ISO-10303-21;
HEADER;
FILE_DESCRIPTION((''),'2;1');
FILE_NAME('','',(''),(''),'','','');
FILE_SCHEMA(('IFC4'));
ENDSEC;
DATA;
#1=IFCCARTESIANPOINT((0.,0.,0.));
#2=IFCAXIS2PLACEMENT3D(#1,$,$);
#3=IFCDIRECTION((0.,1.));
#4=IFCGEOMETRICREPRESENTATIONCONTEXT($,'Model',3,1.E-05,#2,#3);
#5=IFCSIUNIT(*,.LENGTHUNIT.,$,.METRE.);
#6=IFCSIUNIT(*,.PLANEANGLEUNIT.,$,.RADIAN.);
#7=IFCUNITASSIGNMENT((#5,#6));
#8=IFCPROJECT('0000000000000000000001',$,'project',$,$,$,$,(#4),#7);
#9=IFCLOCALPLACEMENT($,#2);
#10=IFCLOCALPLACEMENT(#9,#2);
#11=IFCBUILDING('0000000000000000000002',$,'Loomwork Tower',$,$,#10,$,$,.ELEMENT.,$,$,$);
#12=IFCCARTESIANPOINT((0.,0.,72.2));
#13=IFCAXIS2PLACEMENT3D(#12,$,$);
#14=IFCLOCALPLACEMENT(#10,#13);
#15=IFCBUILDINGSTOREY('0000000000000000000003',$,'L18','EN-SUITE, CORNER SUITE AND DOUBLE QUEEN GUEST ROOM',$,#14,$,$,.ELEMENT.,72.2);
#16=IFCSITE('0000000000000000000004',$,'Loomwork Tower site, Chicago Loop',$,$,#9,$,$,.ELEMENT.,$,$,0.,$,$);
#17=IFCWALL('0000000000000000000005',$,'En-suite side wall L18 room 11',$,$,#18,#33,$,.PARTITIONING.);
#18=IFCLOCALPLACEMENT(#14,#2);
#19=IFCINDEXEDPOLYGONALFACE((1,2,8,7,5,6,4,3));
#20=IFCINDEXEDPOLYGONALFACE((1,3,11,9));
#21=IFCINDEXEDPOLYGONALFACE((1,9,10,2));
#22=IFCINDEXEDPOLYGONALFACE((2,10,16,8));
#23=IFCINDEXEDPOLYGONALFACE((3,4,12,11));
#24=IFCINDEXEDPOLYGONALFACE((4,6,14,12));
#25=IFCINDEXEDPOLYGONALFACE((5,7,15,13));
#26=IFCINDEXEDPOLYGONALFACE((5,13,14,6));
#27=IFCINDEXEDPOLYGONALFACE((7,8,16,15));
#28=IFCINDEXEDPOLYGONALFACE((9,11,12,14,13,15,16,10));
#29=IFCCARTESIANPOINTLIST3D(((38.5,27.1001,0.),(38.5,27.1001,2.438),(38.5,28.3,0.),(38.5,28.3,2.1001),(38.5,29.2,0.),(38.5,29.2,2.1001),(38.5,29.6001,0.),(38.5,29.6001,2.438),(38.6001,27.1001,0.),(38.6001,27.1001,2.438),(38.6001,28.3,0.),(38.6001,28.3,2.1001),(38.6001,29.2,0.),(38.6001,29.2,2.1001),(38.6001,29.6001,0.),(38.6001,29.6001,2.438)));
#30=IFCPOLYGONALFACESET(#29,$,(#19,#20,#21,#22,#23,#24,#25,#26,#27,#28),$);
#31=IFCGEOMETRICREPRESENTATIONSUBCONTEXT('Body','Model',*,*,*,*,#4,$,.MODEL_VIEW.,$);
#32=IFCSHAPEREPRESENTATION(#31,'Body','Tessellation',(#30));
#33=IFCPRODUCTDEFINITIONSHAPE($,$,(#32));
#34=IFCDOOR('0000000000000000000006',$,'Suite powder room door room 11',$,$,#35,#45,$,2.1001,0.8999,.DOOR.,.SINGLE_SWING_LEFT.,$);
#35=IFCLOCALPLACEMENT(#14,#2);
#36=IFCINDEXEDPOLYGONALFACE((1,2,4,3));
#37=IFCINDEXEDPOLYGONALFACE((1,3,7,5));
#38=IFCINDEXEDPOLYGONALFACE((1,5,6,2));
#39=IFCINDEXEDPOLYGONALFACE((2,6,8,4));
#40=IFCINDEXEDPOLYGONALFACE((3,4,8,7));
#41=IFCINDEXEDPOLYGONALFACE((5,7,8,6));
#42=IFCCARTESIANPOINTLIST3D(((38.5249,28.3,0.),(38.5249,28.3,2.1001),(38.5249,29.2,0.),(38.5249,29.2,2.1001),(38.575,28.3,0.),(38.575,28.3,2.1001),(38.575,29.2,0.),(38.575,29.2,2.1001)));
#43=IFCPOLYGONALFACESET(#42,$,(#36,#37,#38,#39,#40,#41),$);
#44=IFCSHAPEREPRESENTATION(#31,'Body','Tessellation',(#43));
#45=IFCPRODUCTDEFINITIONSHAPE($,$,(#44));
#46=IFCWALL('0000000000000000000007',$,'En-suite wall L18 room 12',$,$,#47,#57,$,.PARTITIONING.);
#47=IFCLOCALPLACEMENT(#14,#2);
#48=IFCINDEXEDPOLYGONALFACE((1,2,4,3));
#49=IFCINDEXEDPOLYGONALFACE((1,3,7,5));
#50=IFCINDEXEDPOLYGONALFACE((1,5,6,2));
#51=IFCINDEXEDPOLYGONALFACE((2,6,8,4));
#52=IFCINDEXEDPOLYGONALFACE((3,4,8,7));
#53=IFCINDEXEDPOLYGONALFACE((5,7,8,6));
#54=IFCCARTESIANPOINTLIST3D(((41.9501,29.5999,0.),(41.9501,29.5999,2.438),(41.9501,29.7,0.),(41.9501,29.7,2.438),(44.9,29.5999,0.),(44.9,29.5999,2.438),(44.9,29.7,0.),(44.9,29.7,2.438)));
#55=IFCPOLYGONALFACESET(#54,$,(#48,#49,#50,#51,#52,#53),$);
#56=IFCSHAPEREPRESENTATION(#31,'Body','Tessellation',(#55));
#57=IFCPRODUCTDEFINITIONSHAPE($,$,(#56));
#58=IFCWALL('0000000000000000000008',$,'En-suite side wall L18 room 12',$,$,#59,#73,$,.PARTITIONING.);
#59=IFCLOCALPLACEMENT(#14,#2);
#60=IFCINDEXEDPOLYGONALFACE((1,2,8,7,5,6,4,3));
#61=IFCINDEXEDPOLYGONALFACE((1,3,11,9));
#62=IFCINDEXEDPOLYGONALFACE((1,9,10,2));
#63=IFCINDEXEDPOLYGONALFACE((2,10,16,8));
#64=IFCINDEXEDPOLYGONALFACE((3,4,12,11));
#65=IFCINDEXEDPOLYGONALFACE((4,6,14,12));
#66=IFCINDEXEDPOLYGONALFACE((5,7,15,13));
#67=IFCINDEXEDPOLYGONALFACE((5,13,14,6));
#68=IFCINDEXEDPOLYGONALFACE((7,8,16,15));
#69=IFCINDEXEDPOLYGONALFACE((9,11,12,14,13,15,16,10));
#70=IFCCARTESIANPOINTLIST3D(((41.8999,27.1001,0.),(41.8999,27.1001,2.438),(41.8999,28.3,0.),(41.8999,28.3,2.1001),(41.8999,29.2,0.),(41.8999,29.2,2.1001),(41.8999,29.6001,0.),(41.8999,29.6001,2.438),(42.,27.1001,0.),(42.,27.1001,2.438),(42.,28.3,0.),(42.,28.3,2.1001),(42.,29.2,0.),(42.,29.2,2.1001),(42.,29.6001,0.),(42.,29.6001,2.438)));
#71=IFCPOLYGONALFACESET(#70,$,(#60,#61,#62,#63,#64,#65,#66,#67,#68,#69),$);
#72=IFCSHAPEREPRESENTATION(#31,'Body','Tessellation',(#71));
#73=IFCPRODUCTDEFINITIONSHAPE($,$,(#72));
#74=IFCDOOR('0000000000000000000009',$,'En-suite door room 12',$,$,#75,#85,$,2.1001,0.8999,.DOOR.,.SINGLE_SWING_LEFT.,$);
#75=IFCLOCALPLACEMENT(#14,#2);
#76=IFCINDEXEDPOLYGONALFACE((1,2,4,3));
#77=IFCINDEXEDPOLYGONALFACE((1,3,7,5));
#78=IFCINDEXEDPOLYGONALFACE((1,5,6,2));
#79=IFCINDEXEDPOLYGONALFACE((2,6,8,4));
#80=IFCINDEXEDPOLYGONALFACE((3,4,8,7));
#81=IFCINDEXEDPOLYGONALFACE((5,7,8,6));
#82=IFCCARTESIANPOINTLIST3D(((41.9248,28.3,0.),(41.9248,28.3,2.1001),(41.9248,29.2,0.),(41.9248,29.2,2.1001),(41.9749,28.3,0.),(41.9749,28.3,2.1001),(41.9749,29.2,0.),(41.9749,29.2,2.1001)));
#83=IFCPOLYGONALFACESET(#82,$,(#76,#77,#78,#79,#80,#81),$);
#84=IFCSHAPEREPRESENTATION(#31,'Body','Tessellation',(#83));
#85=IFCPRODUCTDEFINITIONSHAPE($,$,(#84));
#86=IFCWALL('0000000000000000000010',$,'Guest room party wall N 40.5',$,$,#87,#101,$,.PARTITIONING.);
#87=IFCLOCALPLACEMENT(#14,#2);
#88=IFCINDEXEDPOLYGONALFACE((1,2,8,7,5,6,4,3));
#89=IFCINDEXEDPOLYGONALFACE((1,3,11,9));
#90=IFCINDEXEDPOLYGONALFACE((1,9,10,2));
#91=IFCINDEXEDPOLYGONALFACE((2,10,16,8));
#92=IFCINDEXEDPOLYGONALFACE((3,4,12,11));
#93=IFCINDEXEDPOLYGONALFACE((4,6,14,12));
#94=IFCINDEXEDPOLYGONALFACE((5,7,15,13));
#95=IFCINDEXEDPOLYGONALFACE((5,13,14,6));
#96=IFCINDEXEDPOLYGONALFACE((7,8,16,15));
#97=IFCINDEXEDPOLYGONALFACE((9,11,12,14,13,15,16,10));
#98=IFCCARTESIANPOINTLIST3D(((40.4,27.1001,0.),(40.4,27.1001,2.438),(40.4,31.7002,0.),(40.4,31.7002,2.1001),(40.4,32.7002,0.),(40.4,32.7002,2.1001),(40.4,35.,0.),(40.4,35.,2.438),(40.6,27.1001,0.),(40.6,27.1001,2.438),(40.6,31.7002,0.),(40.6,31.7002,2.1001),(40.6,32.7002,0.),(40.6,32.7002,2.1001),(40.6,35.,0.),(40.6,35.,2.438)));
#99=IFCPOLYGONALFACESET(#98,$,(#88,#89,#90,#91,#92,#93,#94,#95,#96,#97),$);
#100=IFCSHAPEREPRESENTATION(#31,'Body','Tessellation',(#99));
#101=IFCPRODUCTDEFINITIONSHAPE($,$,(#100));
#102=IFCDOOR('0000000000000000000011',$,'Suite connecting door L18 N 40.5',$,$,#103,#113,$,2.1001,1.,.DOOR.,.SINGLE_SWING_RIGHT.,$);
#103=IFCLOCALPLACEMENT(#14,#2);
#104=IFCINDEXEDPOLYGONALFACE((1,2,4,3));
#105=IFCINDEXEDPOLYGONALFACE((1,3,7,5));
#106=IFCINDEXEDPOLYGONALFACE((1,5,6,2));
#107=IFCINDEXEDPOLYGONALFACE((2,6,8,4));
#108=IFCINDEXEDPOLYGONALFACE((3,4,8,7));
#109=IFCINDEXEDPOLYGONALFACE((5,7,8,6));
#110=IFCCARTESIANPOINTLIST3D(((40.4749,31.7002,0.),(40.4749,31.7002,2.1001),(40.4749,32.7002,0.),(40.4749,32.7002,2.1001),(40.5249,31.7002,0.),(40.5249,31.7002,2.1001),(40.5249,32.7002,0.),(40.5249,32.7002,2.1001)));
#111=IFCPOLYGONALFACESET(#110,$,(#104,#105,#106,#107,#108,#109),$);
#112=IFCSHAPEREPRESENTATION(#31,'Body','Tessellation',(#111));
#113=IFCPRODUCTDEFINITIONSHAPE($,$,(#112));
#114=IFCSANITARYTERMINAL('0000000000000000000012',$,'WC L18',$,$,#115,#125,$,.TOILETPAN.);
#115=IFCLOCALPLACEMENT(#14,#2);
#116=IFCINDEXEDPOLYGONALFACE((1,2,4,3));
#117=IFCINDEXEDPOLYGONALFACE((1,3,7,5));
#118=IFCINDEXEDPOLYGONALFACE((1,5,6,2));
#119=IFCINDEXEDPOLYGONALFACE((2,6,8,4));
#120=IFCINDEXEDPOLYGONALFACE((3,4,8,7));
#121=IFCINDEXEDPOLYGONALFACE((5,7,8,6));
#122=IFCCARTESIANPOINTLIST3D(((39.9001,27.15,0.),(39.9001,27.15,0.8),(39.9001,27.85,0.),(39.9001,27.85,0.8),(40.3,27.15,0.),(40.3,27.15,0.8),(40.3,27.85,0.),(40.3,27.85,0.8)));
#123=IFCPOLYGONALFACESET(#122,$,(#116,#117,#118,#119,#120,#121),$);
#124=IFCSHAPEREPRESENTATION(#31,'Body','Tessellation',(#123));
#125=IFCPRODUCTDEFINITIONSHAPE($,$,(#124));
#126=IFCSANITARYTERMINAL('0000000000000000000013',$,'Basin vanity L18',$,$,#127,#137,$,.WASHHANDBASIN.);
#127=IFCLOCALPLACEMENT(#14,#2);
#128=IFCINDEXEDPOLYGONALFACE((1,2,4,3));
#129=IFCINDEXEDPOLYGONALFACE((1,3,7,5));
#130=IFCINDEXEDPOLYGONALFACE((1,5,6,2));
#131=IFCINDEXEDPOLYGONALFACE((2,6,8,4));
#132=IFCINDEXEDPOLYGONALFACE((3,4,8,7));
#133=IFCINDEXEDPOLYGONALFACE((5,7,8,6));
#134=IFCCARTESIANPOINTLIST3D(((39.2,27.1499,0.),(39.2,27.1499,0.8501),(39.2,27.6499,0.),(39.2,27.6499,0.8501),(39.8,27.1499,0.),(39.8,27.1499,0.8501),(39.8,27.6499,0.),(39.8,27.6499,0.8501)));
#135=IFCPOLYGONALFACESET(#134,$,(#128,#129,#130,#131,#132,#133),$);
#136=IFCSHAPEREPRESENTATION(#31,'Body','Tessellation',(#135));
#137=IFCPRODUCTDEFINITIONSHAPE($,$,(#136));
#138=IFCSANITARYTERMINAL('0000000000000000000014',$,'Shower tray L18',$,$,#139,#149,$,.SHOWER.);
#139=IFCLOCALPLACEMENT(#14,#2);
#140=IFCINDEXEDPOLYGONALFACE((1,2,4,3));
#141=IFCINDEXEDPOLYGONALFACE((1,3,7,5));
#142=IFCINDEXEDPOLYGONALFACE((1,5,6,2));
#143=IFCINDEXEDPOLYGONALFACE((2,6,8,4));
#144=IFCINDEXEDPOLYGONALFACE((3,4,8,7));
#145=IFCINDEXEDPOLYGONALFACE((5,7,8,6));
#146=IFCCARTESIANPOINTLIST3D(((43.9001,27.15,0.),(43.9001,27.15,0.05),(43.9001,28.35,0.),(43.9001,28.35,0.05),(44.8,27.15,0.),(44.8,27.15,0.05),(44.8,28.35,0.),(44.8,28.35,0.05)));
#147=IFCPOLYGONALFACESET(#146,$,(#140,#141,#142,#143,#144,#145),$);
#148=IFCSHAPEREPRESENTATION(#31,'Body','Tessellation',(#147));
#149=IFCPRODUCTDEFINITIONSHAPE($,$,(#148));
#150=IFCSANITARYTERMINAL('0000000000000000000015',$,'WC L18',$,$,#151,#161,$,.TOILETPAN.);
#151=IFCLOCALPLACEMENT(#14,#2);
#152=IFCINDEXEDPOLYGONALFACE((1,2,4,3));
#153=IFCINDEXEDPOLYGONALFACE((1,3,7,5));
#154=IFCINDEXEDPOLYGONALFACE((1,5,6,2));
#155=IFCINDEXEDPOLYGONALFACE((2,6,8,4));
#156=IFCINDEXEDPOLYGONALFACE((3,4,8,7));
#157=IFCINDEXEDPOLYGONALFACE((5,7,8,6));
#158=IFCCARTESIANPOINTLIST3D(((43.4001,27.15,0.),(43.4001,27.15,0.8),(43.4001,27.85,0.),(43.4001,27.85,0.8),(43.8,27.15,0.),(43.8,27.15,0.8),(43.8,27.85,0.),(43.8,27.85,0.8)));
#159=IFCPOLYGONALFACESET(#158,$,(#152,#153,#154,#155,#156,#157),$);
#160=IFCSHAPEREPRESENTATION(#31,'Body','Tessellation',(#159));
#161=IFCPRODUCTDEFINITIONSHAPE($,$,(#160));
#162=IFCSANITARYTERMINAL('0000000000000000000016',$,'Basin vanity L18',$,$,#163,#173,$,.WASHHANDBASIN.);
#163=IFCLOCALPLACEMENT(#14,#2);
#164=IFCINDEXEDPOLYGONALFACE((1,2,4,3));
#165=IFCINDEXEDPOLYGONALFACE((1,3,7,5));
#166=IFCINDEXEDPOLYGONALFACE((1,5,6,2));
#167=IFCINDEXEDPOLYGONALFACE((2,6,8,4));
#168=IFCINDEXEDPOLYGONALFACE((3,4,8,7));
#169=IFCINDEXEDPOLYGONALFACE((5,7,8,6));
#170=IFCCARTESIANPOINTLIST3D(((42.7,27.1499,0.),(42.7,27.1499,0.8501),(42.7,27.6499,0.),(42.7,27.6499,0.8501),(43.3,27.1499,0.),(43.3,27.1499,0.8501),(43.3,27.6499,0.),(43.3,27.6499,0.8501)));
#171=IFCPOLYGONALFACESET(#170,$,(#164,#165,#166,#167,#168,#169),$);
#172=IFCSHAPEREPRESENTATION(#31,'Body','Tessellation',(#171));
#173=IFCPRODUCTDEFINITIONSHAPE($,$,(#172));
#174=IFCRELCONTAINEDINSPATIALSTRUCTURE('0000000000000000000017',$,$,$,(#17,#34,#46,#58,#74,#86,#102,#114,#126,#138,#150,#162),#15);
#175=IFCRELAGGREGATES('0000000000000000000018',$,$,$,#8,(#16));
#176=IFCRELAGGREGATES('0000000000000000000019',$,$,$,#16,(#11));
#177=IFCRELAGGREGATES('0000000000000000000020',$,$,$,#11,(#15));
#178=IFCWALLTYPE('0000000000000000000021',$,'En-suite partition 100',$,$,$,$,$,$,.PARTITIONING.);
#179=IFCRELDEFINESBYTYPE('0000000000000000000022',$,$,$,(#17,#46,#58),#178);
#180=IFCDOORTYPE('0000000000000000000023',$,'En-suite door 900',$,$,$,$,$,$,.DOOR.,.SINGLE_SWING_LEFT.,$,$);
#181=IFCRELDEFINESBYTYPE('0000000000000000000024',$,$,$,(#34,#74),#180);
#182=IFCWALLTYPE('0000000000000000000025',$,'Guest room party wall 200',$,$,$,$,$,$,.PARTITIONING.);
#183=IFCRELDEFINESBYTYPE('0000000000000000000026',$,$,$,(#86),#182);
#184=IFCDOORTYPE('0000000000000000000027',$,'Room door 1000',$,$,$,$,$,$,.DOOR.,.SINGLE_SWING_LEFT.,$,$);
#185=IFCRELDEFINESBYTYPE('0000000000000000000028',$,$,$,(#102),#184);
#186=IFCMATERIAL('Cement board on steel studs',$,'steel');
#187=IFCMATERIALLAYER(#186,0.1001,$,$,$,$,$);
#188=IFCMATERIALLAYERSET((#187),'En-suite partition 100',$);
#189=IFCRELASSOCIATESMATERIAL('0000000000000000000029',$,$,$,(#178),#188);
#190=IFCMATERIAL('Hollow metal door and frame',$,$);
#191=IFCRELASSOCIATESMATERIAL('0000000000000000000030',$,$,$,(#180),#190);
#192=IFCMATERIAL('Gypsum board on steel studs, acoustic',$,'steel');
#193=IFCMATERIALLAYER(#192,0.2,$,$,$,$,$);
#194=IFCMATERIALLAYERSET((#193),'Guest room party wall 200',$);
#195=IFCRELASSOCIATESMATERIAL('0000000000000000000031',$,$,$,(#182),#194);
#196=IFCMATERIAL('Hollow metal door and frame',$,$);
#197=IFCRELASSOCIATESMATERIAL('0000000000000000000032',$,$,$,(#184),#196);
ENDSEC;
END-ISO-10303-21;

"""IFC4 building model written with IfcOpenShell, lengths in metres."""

from ifc_helpers import new_model, si_unit, direction, frame, frame_2d, origin, origin_2d, place, context, subcontext, project, spatial, rectangle, extrude, material, layer, layer_set, type_object, element, fill, save


model = new_model("IFC4")

# Units and contexts
model_context = context("Model", 3, precision=1e-05, world=origin(), true_north=direction((0.0, 1.0)))
body_context = subcontext(model_context, "Body", "Model", "MODEL_VIEW")
ifc_project = project(units=[si_unit("LENGTHUNIT", "METRE"), si_unit("PLANEANGLEUNIT", "RADIAN")], contexts=[model_context])

# Site, building, storey
site_placement = place(None, origin())
site = spatial("IfcSite", under=ifc_project, at=site_placement, Name="Loomwork Tower site, Chicago Loop", CompositionType="ELEMENT", RefElevation=0.0)
building_placement = place(site_placement, origin())
building = spatial("IfcBuilding", under=site, at=building_placement, Name="Loomwork Tower", CompositionType="ELEMENT")
storey_placement = place(building_placement, frame((0.0, 0.0, 72.2)))
storey = spatial("IfcBuildingStorey", under=building, at=storey_placement, Name="L18", Description="EN-SUITE, CORNER SUITE AND DOUBLE QUEEN GUEST ROOM", CompositionType="ELEMENT", Elevation=72.2)

# Shared definitions
ifc_material_1 = material(Name="Cement board on steel studs", Category="steel")
ifc_layer_1 = layer(ifc_material_1, 0.1001)
ifc_layer_set_1 = layer_set([ifc_layer_1], Name="En-suite partition 100")
wall_type_1 = type_object("IfcWallType", Name="En-suite partition 100", PredefinedType="PARTITIONING", material=ifc_layer_set_1)

# Wall, opening, door
wall_1_placement = place(storey_placement, frame((38.55, 27.1001, 0.0), z_axis=(0.0, 0.0, 1.0), x_axis=(0.0, 1.0, 0.0)))
wall_1 = element("IfcWall", 1, at=wall_1_placement, inside=storey, type_object=wall_type_1, Name="En-suite side wall L18 room 11", PredefinedType="PARTITIONING", context=body_context, shape_type="SweptSolid", body=[
    extrude(rectangle(XDim=2.5, YDim=0.1001, at=frame_2d((1.25, 0.0))), origin(), (0.0, 0.0, 1.0), 2.438),
])
opening_1_placement = place(wall_1_placement, frame((1.2, 0.0, 0.0)))
opening_1 = element("IfcOpeningElement", 2, at=opening_1_placement, cuts=wall_1, PredefinedType="OPENING", context=body_context, shape_type="SweptSolid", body=[
    extrude(rectangle(XDim=0.8999, YDim=2.1001, at=frame_2d((0.45, 1.05))), frame((0.0, 0.0601, 0.0), z_axis=(0.0, -1.0, 0.0), x_axis=(1.0, 0.0, 0.0)), (0.0, 0.0, 1.0), 0.1201),
])
ifc_material_2 = material(Name="Hollow metal door and frame")
door_type_1 = type_object("IfcDoorType", Name="En-suite door 900", OperationType="SINGLE_SWING_LEFT", PredefinedType="DOOR", material=ifc_material_2)
door_1_placement = place(opening_1_placement, frame((0.8999, 0.0, 0.0), z_axis=(0.0, 0.0, 1.0), x_axis=(-1.0, 0.0, 0.0)))
door_1 = element("IfcDoor", 3, at=door_1_placement, inside=storey, type_object=door_type_1, Name="Suite powder room door room 11", OperationType="SINGLE_SWING_LEFT", OverallHeight=2.1001, OverallWidth=0.8999, PredefinedType="DOOR", context=body_context, shape_type="SweptSolid", body=[
    extrude(rectangle(XDim=0.8999, YDim=2.1001, at=frame_2d((0.45, 1.05))), frame((0.0, 0.0249, 0.0), z_axis=(0.0, -1.0, 0.0), x_axis=(1.0, 0.0, 0.0)), (0.0, 0.0, 1.0), 0.05),
])
fill(opening_1, door_1)

# Wall
wall_2_placement = place(storey_placement, frame((41.95, 29.6499, 0.0), z_axis=(0.0, 0.0, 1.0), x_axis=(1.0, 0.0, 0.0)))
element("IfcWall", 4, at=wall_2_placement, inside=storey, type_object=wall_type_1, Name="En-suite wall L18 room 12", PredefinedType="PARTITIONING", context=body_context, shape_type="SweptSolid", body=[
    extrude(rectangle(XDim=2.95, YDim=0.1001, at=frame_2d((1.4751, 0.0))), origin(), (0.0, 0.0, 1.0), 2.438),
])

# Walls, openings, doors
wall_3_placement = place(storey_placement, frame((41.95, 27.1001, 0.0), z_axis=(0.0, 0.0, 1.0), x_axis=(0.0, 1.0, 0.0)))
wall_3 = element("IfcWall", 5, at=wall_3_placement, inside=storey, type_object=wall_type_1, Name="En-suite side wall L18 room 12", PredefinedType="PARTITIONING", context=body_context, shape_type="SweptSolid", body=[
    extrude(rectangle(XDim=2.5, YDim=0.1001, at=frame_2d((1.25, 0.0))), origin(), (0.0, 0.0, 1.0), 2.438),
])
opening_2_placement = place(wall_3_placement, frame((1.2, 0.0, 0.0)))
opening_2 = element("IfcOpeningElement", 6, at=opening_2_placement, cuts=wall_3, PredefinedType="OPENING", context=body_context, shape_type="SweptSolid", body=[
    extrude(rectangle(XDim=0.8999, YDim=2.1001, at=frame_2d((0.45, 1.05))), frame((0.0, 0.0601, 0.0), z_axis=(0.0, -1.0, 0.0), x_axis=(1.0, 0.0, 0.0)), (0.0, 0.0, 1.0), 0.1201),
])
door_2_placement = place(opening_2_placement, frame((0.8999, 0.0, 0.0), z_axis=(0.0, 0.0, 1.0), x_axis=(-1.0, 0.0, 0.0)))
door_2 = element("IfcDoor", 7, at=door_2_placement, inside=storey, type_object=door_type_1, Name="En-suite door room 12", OperationType="SINGLE_SWING_LEFT", OverallHeight=2.1001, OverallWidth=0.8999, PredefinedType="DOOR", context=body_context, shape_type="SweptSolid", body=[
    extrude(rectangle(XDim=0.8999, YDim=2.1001, at=frame_2d((0.45, 1.05))), frame((0.0, 0.0249, 0.0), z_axis=(0.0, -1.0, 0.0), x_axis=(1.0, 0.0, 0.0)), (0.0, 0.0, 1.0), 0.05),
])
fill(opening_2, door_2)
ifc_material_3 = material(Name="Gypsum board on steel studs, acoustic", Category="steel")
ifc_layer_2 = layer(ifc_material_3, 0.2)
ifc_layer_set_2 = layer_set([ifc_layer_2], Name="Guest room party wall 200")
wall_type_2 = type_object("IfcWallType", Name="Guest room party wall 200", PredefinedType="PARTITIONING", material=ifc_layer_set_2)
wall_4_placement = place(storey_placement, frame((40.5, 27.1001, 0.0), z_axis=(0.0, 0.0, 1.0), x_axis=(0.0, 1.0, 0.0)))
wall_4 = element("IfcWall", 8, at=wall_4_placement, inside=storey, type_object=wall_type_2, Name="Guest room party wall N 40.5", PredefinedType="PARTITIONING", context=body_context, shape_type="SweptSolid", body=[
    extrude(rectangle(XDim=7.8999, YDim=0.2, at=frame_2d((3.95, 0.0))), origin(), (0.0, 0.0, 1.0), 2.438),
])
opening_3_placement = place(wall_4_placement, frame((4.6001, 0.0, 0.0)))
opening_3 = element("IfcOpeningElement", 9, at=opening_3_placement, cuts=wall_4, PredefinedType="OPENING", context=body_context, shape_type="SweptSolid", body=[
    extrude(rectangle(XDim=1.0, YDim=2.1001, at=frame_2d((0.5, 1.05))), frame((0.0, 0.1099, 0.0), z_axis=(0.0, -1.0, 0.0), x_axis=(1.0, 0.0, 0.0)), (0.0, 0.0, 1.0), 0.22),
])
ifc_material_4 = material(Name="Hollow metal door and frame")
door_type_2 = type_object("IfcDoorType", Name="Room door 1000", OperationType="SINGLE_SWING_LEFT", PredefinedType="DOOR", material=ifc_material_4)
door_3_placement = place(opening_3_placement, frame((1.0, 0.0, 0.0), z_axis=(0.0, 0.0, 1.0), x_axis=(-1.0, 0.0, 0.0)))
door_3 = element("IfcDoor", 10, at=door_3_placement, inside=storey, type_object=door_type_2, Name="Suite connecting door L18 N 40.5", OperationType="SINGLE_SWING_RIGHT", OverallHeight=2.1001, OverallWidth=1.0, PredefinedType="DOOR", context=body_context, shape_type="SweptSolid", body=[
    extrude(rectangle(XDim=1.0, YDim=2.1001, at=frame_2d((0.5, 1.05))), frame((0.0, 0.0249, 0.0), z_axis=(0.0, -1.0, 0.0), x_axis=(1.0, 0.0, 0.0)), (0.0, 0.0, 1.0), 0.05),
])
fill(opening_3, door_3)

# Sanitary terminals
sanitary_terminal_1_placement = place(storey_placement, frame((40.1001, 27.5, 0.0), z_axis=(0.0, 0.0, 1.0), x_axis=(1.0, 0.0, 0.0)))
element("IfcSanitaryTerminal", 11, at=sanitary_terminal_1_placement, inside=storey, Name="WC L18", PredefinedType="TOILETPAN", context=body_context, shape_type="SweptSolid", body=[
    extrude(rectangle(XDim=0.3999, YDim=0.7, at=origin_2d()), origin(), (0.0, 0.0, 1.0), 0.8),
])
sanitary_terminal_2_placement = place(storey_placement, frame((39.5, 27.3999, 0.0), z_axis=(0.0, 0.0, 1.0), x_axis=(1.0, 0.0, 0.0)))
element("IfcSanitaryTerminal", 12, at=sanitary_terminal_2_placement, inside=storey, Name="Basin vanity L18", PredefinedType="WASHHANDBASIN", context=body_context, shape_type="SweptSolid", body=[
    extrude(rectangle(XDim=0.6001, YDim=0.5, at=origin_2d()), origin(), (0.0, 0.0, 1.0), 0.8501),
])
sanitary_terminal_3_placement = place(storey_placement, frame((44.3501, 27.75, 0.0), z_axis=(0.0, 0.0, 1.0), x_axis=(1.0, 0.0, 0.0)))
element("IfcSanitaryTerminal", 13, at=sanitary_terminal_3_placement, inside=storey, Name="Shower tray L18", PredefinedType="SHOWER", context=body_context, shape_type="SweptSolid", body=[
    extrude(rectangle(XDim=0.8999, YDim=1.2, at=origin_2d()), origin(), (0.0, 0.0, 1.0), 0.05),
])
sanitary_terminal_4_placement = place(storey_placement, frame((43.6001, 27.5, 0.0), z_axis=(0.0, 0.0, 1.0), x_axis=(1.0, 0.0, 0.0)))
element("IfcSanitaryTerminal", 14, at=sanitary_terminal_4_placement, inside=storey, Name="WC L18", PredefinedType="TOILETPAN", context=body_context, shape_type="SweptSolid", body=[
    extrude(rectangle(XDim=0.3999, YDim=0.7, at=origin_2d()), origin(), (0.0, 0.0, 1.0), 0.8),
])
sanitary_terminal_5_placement = place(storey_placement, frame((43.0, 27.3999, 0.0), z_axis=(0.0, 0.0, 1.0), x_axis=(1.0, 0.0, 0.0)))
element("IfcSanitaryTerminal", 15, at=sanitary_terminal_5_placement, inside=storey, Name="Basin vanity L18", PredefinedType="WASHHANDBASIN", context=body_context, shape_type="SweptSolid", body=[
    extrude(rectangle(XDim=0.6001, YDim=0.5, at=origin_2d()), origin(), (0.0, 0.0, 1.0), 0.8501),
])

save(model, "model.ifc")
